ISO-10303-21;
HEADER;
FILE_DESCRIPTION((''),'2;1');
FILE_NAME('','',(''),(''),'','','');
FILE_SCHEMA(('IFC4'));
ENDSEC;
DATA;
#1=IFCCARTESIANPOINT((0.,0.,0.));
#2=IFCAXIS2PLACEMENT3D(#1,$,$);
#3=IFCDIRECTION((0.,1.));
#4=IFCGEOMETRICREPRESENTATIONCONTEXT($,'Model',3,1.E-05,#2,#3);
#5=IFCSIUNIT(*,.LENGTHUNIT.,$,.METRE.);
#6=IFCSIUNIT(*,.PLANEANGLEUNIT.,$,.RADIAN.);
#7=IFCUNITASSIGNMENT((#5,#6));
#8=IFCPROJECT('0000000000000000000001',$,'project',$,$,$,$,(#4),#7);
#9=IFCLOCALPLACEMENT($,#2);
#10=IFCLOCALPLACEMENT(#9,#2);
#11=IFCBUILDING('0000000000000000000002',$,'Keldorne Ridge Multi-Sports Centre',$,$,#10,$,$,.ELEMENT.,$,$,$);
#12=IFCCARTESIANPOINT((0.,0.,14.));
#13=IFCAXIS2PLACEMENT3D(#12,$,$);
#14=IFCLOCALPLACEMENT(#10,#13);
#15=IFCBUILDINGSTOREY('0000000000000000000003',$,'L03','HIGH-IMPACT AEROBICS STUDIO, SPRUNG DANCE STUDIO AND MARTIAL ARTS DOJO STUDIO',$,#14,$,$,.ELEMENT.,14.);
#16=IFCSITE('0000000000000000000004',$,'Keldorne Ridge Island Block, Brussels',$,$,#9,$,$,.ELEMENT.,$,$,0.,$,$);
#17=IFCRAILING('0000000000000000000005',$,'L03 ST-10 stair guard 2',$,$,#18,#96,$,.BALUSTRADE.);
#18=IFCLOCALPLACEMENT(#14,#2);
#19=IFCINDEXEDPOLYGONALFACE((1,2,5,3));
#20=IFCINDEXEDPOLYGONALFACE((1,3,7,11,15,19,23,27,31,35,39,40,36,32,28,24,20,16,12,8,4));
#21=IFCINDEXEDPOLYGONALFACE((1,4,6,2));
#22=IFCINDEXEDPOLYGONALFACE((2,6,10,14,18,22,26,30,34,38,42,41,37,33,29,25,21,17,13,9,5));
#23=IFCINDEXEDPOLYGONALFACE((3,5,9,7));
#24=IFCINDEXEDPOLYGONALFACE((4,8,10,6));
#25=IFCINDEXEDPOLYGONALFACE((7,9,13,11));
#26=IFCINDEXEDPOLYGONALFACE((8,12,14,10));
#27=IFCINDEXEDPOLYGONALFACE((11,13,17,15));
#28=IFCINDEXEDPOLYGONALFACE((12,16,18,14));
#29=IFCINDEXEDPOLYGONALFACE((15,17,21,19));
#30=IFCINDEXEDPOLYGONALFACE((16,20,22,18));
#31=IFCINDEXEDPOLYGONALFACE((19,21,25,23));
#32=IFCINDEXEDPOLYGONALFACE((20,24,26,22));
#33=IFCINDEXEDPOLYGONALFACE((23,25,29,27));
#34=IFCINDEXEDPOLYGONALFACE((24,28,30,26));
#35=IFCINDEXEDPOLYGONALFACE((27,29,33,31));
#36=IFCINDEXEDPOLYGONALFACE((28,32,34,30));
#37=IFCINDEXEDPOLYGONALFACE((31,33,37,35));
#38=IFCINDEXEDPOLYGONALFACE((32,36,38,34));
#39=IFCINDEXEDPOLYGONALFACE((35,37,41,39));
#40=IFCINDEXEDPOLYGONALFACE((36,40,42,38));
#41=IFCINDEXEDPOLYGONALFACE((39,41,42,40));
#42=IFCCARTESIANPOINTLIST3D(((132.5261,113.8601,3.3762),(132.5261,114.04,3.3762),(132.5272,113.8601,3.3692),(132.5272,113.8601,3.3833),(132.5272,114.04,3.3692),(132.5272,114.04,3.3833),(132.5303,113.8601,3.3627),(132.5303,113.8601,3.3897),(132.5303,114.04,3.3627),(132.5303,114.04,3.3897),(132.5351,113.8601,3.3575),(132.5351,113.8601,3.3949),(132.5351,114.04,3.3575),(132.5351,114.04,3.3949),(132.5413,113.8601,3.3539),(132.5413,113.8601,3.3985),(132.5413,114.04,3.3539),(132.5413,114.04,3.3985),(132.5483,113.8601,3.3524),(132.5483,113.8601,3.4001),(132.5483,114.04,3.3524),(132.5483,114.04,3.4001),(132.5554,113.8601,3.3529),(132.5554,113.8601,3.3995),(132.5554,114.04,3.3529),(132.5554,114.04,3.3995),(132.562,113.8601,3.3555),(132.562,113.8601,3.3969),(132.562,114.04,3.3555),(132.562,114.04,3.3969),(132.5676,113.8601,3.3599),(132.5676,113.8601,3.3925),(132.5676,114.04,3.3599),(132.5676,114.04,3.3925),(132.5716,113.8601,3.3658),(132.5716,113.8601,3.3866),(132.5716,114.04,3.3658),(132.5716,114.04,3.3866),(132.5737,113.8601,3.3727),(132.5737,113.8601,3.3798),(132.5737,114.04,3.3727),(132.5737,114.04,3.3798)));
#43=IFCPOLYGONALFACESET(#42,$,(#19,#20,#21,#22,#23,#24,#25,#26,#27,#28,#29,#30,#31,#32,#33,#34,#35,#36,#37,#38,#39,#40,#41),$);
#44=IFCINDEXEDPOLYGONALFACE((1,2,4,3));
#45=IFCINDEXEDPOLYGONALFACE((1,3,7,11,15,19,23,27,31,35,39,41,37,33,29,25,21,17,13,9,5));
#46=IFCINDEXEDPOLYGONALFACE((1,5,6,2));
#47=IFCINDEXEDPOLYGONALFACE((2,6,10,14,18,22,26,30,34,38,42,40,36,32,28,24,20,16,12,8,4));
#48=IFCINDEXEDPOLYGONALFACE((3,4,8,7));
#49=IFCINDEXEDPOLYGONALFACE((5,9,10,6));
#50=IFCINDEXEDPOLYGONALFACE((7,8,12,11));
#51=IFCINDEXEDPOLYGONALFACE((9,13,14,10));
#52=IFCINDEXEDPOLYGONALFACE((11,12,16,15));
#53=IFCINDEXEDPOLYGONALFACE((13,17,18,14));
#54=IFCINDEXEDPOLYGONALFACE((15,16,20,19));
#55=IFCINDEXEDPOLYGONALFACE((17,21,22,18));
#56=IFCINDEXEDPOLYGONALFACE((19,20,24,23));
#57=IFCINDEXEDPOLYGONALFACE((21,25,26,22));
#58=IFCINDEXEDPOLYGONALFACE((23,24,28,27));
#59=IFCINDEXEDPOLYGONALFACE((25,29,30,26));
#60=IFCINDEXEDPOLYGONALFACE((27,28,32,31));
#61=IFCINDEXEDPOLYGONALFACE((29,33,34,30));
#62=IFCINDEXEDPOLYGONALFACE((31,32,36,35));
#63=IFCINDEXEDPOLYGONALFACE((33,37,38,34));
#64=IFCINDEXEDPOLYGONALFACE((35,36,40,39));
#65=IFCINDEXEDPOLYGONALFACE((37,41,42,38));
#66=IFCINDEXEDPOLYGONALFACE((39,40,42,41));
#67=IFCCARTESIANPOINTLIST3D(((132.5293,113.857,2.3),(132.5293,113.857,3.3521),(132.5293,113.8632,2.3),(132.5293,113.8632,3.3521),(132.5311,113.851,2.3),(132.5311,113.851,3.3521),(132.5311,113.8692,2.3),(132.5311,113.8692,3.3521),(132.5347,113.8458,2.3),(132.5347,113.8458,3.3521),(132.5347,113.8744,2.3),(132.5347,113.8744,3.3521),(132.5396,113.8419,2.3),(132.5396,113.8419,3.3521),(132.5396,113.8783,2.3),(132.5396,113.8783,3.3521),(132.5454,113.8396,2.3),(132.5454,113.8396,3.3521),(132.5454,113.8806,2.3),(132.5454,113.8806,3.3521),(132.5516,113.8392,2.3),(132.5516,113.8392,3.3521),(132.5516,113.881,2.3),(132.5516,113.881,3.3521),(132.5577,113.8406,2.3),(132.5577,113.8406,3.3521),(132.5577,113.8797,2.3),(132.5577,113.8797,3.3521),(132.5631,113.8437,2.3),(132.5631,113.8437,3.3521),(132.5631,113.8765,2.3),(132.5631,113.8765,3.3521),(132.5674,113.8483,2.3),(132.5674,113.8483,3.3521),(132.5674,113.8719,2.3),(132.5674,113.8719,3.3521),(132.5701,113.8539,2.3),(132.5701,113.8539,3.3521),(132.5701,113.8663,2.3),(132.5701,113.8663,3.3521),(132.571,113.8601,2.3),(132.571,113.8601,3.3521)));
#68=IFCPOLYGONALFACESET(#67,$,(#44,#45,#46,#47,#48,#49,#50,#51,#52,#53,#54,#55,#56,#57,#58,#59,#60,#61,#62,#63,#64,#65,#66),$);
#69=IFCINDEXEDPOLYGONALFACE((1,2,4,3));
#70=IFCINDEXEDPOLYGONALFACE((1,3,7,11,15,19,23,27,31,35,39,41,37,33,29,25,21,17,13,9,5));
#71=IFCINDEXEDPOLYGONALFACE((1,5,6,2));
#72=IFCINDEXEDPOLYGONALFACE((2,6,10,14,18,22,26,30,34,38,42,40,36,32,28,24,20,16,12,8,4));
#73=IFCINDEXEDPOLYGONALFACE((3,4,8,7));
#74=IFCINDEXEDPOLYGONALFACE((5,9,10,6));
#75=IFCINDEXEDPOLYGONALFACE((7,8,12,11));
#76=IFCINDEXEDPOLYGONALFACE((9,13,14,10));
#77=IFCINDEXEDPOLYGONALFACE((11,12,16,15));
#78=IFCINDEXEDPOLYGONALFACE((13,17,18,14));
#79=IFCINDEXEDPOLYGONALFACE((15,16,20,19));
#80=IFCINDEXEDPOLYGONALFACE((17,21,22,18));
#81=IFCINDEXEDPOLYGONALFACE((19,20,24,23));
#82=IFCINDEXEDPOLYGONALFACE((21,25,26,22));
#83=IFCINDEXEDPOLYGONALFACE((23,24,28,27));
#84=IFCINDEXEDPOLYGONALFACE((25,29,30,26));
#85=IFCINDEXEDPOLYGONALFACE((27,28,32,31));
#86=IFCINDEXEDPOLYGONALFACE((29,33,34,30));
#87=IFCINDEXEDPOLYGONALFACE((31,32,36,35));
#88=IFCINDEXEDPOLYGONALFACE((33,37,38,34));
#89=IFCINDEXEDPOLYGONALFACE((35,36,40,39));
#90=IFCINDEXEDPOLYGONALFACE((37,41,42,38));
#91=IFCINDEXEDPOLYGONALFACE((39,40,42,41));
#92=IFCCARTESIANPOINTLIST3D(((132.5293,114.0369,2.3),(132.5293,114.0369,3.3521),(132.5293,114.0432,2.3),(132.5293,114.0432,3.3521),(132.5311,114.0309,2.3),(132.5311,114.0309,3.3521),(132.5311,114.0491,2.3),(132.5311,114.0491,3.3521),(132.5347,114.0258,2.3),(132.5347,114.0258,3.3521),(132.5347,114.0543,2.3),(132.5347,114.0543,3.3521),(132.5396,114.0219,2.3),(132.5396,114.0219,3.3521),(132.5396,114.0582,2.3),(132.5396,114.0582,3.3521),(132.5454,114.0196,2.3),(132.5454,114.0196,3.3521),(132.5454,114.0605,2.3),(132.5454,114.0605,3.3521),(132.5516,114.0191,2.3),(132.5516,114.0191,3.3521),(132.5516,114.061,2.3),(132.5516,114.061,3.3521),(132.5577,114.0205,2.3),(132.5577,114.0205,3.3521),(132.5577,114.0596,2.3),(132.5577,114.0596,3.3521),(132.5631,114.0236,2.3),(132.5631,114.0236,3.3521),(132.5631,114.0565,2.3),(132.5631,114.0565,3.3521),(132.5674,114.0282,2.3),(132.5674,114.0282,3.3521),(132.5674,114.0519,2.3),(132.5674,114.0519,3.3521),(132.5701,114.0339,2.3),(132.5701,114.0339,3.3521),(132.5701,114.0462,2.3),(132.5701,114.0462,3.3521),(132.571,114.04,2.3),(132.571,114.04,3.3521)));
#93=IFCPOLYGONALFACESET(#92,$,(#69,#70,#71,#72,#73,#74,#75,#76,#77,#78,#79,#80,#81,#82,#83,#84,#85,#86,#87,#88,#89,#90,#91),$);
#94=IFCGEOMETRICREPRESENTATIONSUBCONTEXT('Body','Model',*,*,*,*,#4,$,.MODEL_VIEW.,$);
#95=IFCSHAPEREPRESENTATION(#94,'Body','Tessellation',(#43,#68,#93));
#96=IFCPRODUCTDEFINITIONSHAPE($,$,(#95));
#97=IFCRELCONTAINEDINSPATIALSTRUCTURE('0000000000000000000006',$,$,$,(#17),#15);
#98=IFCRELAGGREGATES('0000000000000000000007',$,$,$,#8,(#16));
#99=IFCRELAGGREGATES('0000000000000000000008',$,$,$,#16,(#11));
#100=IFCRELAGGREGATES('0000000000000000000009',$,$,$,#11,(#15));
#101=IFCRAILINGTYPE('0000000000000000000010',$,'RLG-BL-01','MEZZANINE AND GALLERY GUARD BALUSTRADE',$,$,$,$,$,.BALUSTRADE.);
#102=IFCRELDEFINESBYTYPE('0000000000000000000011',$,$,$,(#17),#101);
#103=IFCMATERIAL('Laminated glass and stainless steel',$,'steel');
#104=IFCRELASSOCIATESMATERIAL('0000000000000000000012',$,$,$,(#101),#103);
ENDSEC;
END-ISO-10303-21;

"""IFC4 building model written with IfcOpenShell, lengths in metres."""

from ifc_helpers import new_model, si_unit, direction, frame, origin, origin_2d, place, context, subcontext, project, spatial, circle, extrude, material, type_object, element, save


model = new_model("IFC4")

# Units and contexts
model_context = context("Model", 3, precision=1e-05, world=origin(), true_north=direction((0.0, 1.0)))
body_context = subcontext(model_context, "Body", "Model", "MODEL_VIEW")
ifc_project = project(units=[si_unit("LENGTHUNIT", "METRE"), si_unit("PLANEANGLEUNIT", "RADIAN")], contexts=[model_context])

# Site, building, storey
site_placement = place(None, origin())
site = spatial("IfcSite", under=ifc_project, at=site_placement, Name="Keldorne Ridge Island Block, Brussels", CompositionType="ELEMENT", RefElevation=0.0)
building_placement = place(site_placement, origin())
building = spatial("IfcBuilding", under=site, at=building_placement, Name="Keldorne Ridge Multi-Sports Centre", CompositionType="ELEMENT")
storey_placement = place(building_placement, frame((0.0, 0.0, 14.0)))
storey = spatial("IfcBuildingStorey", under=building, at=storey_placement, Name="L03", Description="HIGH-IMPACT AEROBICS STUDIO, SPRUNG DANCE STUDIO AND MARTIAL ARTS DOJO STUDIO", CompositionType="ELEMENT", Elevation=14.0)

# Railing
ifc_material_1 = material(Name="Laminated glass and stainless steel", Category="steel")
railing_type_1 = type_object("IfcRailingType", Name="RLG-BL-01", Description="MEZZANINE AND GALLERY GUARD BALUSTRADE", PredefinedType="BALUSTRADE", material=ifc_material_1)
railing_1_placement = place(storey_placement, frame((132.55, 113.8601, 2.3)))
element("IfcRailing", 1, at=railing_1_placement, inside=storey, type_object=railing_type_1, Name="L03 ST-10 stair guard 2", PredefinedType="BALUSTRADE", context=body_context, shape_type="SweptSolid", body=[
    extrude(circle(Radius=0.0239, at=origin_2d()), frame((0.0, 0.0, 1.0762), z_axis=(0.0, 1.0, 0.0), x_axis=(-1.0, 0.0, 0.0)), (0.0, 0.0, 1.0), 0.1799),
    extrude(circle(Radius=0.021, at=origin_2d()), origin(), (0.0, 0.0, 1.0), 1.052),
    extrude(circle(Radius=0.021, at=origin_2d()), frame((0.0, 0.1799, 0.0)), (0.0, 0.0, 1.0), 1.052),
])

save(model, "model.ifc")
